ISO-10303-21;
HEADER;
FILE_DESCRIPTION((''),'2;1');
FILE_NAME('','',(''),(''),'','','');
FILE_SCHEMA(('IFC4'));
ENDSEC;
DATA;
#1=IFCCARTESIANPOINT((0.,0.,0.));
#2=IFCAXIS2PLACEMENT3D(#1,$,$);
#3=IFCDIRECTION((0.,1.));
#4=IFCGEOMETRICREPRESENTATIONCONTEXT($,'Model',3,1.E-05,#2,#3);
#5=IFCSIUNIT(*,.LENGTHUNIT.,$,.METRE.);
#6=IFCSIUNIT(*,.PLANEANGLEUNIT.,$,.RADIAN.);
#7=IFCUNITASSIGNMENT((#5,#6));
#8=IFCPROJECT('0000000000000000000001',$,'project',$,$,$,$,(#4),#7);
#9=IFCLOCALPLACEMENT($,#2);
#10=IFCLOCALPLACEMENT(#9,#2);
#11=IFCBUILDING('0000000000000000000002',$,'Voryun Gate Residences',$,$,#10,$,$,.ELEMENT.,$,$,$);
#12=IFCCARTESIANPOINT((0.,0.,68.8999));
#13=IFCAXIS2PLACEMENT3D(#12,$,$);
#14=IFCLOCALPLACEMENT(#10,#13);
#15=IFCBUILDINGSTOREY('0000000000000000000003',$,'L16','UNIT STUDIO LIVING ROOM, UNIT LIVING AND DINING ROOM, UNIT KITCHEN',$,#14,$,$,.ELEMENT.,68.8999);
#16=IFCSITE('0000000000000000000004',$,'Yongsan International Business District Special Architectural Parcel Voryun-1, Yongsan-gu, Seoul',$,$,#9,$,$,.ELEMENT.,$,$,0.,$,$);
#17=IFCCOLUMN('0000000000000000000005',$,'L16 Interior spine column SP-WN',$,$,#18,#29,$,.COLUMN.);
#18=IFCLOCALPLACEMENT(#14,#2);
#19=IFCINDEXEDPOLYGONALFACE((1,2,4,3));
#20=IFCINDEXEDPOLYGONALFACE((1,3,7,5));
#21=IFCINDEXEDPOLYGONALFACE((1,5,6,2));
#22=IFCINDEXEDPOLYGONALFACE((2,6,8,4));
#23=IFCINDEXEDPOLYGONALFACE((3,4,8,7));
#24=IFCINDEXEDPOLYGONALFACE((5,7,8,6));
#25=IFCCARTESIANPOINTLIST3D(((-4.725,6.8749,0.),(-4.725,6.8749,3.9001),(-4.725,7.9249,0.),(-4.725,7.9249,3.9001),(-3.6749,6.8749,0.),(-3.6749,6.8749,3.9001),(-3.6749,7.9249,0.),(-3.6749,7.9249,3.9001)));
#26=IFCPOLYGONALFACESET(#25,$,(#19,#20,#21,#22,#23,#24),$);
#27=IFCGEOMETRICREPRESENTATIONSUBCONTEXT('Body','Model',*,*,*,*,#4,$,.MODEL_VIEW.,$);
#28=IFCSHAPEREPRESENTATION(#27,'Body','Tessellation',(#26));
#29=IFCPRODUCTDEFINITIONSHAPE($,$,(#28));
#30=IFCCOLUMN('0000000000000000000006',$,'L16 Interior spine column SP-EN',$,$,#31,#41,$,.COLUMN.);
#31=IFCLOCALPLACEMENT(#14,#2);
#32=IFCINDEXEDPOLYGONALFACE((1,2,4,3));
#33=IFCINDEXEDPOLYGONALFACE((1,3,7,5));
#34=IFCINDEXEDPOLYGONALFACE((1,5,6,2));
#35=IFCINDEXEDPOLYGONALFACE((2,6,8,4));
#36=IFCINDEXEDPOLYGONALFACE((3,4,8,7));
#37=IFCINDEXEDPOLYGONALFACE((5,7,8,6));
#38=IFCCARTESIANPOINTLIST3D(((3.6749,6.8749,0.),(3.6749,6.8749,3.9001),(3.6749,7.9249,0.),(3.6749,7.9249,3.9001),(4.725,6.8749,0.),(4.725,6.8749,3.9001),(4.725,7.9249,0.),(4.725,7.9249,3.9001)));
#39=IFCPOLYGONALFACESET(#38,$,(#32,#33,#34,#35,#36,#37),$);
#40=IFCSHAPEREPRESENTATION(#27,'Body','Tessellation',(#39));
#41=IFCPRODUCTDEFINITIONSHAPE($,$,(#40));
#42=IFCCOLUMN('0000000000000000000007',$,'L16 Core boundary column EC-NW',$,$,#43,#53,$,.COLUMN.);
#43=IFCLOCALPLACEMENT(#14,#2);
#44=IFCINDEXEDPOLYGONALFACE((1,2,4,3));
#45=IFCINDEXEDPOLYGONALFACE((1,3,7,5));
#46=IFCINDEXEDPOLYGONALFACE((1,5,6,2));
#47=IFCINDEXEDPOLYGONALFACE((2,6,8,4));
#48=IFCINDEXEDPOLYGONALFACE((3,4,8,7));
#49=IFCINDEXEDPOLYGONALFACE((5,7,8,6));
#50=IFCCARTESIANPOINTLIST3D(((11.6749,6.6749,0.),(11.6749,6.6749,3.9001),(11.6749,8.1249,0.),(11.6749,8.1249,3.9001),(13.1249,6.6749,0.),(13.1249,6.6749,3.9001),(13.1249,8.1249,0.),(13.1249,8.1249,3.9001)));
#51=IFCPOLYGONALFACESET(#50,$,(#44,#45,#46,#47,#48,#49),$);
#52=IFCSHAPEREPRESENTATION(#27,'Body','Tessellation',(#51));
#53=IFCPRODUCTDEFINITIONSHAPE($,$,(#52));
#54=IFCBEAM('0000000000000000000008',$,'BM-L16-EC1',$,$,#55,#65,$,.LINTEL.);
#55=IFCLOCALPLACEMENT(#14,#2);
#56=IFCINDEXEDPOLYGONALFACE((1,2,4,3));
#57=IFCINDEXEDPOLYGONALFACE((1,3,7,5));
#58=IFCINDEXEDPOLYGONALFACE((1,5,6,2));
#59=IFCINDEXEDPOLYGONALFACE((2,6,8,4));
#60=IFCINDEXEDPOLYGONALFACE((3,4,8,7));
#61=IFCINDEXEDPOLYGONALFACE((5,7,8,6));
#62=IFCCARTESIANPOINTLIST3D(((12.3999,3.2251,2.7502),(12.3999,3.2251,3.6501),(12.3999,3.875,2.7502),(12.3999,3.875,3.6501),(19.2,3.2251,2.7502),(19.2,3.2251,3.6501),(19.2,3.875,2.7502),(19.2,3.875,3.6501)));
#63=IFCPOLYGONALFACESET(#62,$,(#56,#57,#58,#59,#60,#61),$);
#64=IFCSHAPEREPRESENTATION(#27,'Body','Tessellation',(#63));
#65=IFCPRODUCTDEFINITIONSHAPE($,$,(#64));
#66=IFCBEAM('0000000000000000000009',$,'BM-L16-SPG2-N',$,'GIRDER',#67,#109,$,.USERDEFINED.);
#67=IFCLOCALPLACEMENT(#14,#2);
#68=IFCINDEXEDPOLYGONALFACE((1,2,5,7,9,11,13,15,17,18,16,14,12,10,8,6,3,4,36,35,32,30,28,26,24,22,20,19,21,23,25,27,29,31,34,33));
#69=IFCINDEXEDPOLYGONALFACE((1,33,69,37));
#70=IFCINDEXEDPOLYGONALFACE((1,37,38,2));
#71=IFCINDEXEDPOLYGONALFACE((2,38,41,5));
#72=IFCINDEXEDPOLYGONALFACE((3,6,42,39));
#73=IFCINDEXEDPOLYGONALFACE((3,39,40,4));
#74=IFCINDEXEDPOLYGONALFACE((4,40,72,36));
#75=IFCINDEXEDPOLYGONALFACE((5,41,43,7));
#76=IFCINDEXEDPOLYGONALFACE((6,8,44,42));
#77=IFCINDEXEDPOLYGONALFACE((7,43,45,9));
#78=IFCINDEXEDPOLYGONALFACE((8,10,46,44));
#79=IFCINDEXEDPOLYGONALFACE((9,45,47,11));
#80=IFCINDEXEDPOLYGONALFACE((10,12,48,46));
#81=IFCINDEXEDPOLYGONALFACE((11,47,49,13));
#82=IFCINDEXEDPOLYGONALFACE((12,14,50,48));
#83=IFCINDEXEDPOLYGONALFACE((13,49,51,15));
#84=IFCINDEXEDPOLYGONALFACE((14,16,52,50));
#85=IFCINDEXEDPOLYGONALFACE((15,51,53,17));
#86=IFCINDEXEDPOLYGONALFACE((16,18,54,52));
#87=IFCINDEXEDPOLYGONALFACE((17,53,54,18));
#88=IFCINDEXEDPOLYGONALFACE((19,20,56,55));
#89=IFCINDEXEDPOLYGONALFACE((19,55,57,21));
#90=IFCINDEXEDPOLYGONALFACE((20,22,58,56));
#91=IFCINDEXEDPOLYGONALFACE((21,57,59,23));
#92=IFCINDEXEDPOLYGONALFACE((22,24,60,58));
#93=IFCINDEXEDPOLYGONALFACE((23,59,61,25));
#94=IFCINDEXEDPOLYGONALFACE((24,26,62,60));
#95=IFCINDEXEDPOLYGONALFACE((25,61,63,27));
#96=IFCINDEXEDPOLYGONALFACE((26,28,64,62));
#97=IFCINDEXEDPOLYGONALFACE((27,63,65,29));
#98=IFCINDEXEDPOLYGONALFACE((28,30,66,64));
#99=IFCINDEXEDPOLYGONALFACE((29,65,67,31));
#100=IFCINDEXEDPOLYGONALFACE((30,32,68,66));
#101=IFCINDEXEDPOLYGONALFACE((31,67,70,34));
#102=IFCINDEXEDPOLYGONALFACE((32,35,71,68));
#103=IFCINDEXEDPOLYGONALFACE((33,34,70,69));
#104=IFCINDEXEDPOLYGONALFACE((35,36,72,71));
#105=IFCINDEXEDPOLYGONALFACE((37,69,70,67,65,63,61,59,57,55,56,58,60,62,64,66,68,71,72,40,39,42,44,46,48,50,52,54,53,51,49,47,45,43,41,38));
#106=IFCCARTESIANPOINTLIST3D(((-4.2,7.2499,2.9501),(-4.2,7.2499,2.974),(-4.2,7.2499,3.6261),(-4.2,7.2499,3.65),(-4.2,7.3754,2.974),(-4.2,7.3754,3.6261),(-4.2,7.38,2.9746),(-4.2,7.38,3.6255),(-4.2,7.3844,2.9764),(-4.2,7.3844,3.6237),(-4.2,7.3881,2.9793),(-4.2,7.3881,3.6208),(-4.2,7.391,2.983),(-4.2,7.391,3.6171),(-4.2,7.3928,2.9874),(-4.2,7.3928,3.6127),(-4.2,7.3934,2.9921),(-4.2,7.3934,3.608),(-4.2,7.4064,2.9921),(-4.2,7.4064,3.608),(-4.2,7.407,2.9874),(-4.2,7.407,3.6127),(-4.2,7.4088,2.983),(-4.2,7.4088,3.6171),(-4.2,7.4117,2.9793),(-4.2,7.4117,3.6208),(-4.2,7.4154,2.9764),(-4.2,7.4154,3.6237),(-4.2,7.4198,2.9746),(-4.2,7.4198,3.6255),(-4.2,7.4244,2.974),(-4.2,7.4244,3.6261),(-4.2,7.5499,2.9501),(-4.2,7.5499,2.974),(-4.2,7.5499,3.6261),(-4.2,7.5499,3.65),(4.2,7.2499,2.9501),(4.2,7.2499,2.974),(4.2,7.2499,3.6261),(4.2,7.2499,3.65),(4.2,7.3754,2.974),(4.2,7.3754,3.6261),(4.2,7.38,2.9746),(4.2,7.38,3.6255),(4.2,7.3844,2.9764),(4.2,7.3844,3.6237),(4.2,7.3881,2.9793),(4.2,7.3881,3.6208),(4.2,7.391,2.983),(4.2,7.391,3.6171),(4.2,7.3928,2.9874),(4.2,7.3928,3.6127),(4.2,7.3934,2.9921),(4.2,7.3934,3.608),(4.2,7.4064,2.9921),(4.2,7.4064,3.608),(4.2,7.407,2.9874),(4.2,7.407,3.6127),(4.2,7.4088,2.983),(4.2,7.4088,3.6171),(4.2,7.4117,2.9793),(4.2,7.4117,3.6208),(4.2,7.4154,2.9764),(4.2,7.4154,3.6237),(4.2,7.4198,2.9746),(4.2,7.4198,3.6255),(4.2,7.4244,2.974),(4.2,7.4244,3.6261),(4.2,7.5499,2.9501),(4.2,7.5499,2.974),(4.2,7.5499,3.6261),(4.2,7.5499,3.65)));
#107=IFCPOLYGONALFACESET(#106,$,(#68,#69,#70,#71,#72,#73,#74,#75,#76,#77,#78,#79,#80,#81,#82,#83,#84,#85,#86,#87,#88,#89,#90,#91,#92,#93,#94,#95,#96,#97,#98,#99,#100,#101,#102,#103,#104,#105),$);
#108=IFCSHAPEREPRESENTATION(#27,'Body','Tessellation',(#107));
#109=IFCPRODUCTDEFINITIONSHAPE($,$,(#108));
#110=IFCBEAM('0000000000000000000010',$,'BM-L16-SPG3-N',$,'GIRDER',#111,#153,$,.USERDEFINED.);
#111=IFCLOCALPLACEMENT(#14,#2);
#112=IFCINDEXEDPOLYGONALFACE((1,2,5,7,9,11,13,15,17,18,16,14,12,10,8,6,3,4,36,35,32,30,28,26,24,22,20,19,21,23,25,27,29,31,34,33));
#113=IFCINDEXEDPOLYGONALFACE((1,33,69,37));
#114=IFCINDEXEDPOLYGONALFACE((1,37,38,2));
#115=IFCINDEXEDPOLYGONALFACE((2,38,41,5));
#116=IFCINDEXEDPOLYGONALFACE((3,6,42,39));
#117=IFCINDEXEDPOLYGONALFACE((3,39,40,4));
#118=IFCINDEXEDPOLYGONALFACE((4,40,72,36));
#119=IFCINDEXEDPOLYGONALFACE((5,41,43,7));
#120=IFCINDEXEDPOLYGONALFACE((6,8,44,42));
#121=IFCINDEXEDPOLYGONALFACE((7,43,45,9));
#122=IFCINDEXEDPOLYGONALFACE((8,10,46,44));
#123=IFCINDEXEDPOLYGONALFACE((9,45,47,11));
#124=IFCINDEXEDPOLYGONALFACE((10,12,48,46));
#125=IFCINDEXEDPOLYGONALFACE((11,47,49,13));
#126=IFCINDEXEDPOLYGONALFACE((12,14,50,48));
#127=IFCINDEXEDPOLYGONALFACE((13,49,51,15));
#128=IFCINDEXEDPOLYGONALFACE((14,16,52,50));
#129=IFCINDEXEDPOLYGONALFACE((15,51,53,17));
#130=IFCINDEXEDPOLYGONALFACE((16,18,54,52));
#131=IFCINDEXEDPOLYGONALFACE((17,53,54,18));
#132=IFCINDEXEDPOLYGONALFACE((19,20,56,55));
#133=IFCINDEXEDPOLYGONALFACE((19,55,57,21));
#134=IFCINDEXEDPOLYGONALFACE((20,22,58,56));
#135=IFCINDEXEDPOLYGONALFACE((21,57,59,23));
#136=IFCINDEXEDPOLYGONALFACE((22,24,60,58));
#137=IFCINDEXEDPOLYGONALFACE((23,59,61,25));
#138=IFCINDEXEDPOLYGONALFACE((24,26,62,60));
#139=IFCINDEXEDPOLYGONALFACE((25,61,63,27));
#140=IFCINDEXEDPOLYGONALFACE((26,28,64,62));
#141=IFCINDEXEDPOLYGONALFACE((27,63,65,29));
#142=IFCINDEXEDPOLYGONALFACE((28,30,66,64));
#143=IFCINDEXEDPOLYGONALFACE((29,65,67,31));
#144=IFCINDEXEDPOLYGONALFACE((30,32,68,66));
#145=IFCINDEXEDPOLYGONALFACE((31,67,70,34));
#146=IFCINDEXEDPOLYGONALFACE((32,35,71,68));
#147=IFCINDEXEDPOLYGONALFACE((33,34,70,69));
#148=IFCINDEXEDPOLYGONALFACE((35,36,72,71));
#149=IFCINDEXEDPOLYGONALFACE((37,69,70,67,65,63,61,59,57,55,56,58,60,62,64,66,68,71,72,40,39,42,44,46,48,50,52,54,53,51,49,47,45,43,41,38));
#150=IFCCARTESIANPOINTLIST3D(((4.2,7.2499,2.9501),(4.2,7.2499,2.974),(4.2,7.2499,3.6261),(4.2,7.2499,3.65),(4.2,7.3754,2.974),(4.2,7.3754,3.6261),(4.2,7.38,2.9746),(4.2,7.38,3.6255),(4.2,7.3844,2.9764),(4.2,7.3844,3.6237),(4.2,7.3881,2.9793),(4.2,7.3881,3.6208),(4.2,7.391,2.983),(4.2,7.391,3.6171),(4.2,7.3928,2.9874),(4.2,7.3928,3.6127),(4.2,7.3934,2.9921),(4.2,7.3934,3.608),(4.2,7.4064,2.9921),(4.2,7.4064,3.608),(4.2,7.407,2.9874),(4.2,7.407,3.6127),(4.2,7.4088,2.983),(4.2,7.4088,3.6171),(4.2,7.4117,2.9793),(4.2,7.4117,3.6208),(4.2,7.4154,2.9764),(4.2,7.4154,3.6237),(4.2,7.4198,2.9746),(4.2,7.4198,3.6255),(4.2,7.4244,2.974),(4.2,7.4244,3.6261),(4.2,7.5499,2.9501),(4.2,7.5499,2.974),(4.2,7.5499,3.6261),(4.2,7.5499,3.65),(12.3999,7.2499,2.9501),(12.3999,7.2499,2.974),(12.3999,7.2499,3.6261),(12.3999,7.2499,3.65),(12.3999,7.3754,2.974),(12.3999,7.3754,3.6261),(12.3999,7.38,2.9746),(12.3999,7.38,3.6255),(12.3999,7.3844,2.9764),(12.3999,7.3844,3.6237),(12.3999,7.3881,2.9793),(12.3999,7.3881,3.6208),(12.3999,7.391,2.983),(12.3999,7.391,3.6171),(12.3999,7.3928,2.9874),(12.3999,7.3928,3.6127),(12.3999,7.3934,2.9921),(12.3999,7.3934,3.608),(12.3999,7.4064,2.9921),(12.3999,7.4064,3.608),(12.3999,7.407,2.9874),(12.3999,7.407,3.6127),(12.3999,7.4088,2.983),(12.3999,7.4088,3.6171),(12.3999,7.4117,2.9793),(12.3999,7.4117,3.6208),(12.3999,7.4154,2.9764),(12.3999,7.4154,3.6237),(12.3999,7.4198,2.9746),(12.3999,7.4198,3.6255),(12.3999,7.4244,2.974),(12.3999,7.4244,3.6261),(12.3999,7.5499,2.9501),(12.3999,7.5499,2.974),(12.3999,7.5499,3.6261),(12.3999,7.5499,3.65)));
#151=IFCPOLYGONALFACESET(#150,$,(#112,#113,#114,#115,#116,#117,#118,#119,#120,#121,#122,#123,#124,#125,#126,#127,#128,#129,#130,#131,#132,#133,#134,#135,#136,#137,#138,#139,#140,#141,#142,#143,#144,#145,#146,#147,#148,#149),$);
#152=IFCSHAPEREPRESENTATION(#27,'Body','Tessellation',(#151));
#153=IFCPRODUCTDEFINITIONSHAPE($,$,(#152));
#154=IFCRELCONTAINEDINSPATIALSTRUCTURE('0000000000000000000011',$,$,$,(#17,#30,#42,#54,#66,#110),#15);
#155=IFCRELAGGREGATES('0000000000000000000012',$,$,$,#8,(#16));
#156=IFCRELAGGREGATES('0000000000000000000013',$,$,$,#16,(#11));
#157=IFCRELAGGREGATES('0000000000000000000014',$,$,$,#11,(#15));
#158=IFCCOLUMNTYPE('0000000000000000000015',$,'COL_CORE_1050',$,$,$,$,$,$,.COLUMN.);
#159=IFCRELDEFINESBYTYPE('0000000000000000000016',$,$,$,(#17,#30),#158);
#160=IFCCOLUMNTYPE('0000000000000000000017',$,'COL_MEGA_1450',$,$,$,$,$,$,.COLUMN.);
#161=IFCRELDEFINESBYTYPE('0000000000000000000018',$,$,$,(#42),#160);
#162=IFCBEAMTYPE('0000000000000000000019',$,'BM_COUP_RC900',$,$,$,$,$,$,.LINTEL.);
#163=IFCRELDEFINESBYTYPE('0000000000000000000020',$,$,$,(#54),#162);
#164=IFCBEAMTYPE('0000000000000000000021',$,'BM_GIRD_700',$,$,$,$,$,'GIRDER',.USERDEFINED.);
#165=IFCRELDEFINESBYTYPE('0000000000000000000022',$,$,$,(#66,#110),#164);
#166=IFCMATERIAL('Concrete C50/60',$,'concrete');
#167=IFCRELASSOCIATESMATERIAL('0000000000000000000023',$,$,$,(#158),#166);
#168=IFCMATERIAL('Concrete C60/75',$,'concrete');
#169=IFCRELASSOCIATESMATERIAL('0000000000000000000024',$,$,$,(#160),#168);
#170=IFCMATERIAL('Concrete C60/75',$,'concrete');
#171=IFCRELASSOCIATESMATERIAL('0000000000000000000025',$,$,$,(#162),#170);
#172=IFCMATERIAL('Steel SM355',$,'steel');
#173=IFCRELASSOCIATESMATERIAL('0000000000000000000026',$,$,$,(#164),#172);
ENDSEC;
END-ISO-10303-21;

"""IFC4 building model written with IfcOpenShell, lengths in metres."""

from ifc_helpers import new_model, si_unit, direction, frame, origin, origin_2d, place, context, subcontext, project, spatial, rectangle, i_section, extrude, material, material_profile, profile_set, type_object, element, save


model = new_model("IFC4")

# Units and contexts
model_context = context("Model", 3, precision=1e-05, world=origin(), true_north=direction((0.0, 1.0)))
body_context = subcontext(model_context, "Body", "Model", "MODEL_VIEW")
ifc_project = project(units=[si_unit("LENGTHUNIT", "METRE"), si_unit("PLANEANGLEUNIT", "RADIAN")], contexts=[model_context])

# Site, building, storey
site_placement = place(None, origin())
site = spatial("IfcSite", under=ifc_project, at=site_placement, Name="Yongsan International Business District Special Architectural Parcel Voryun-1, Yongsan-gu, Seoul", CompositionType="ELEMENT", RefElevation=0.0)
building_placement = place(site_placement, origin())
building = spatial("IfcBuilding", under=site, at=building_placement, Name="Voryun Gate Residences", CompositionType="ELEMENT")
storey_placement = place(building_placement, frame((0.0, 0.0, 68.8999)))
storey = spatial("IfcBuildingStorey", under=building, at=storey_placement, Name="L16", Description="UNIT STUDIO LIVING ROOM, UNIT LIVING AND DINING ROOM, UNIT KITCHEN", CompositionType="ELEMENT", Elevation=68.8999)

# Columns
ifc_material_1 = material(Name="Concrete C50/60", Category="concrete")
ifc_material_profile_1 = material_profile(ifc_material_1, rectangle(XDim=1.05, YDim=1.05, at=origin_2d()), Name="RC-1050x1050")
ifc_profile_set_1 = profile_set([ifc_material_profile_1], Name="Concrete C50/60")
column_type_1 = type_object("IfcColumnType", Name="COL_CORE_1050", PredefinedType="COLUMN", material=ifc_profile_set_1)
for number, where, z_axis, x_axis, name in (
    (1, (-4.2, 7.3999, 0.0), (0.0, 0.0, 1.0), (1.0, 0.0, 0.0), "L16 Interior spine column SP-WN"),
    (2, (4.2, 7.3999, 0.0), (0.0, 0.0, 1.0), (1.0, 0.0, 0.0), "L16 Interior spine column SP-EN"),
):
    element("IfcColumn", number, at=place(storey_placement, frame(where, z_axis=z_axis, x_axis=x_axis)), inside=storey, type_object=column_type_1, Name=name, PredefinedType="COLUMN", context=body_context, shape_type="SweptSolid", body=[
        extrude(rectangle(XDim=1.05, YDim=1.05, at=origin_2d()), origin(), (0.0, 0.0, 1.0), 3.9001),
    ])
ifc_material_2 = material(Name="Concrete C60/75", Category="concrete")
ifc_material_profile_2 = material_profile(ifc_material_2, rectangle(XDim=1.45, YDim=1.45, at=origin_2d()), Name="RC-1450x1450")
ifc_profile_set_2 = profile_set([ifc_material_profile_2], Name="Concrete C60/75")
column_type_2 = type_object("IfcColumnType", Name="COL_MEGA_1450", PredefinedType="COLUMN", material=ifc_profile_set_2)
column_placement = place(storey_placement, frame((12.3999, 7.3999, 0.0), z_axis=(0.0, 0.0, 1.0), x_axis=(1.0, 0.0, 0.0)))
element("IfcColumn", 3, at=column_placement, inside=storey, type_object=column_type_2, Name="L16 Core boundary column EC-NW", PredefinedType="COLUMN", context=body_context, shape_type="SweptSolid", body=[
    extrude(rectangle(XDim=1.45, YDim=1.45, at=origin_2d()), origin(), (0.0, 0.0, 1.0), 3.9001),
])

# Beams
ifc_material_3 = material(Name="Concrete C60/75", Category="concrete")
ifc_material_profile_3 = material_profile(ifc_material_3, rectangle(XDim=0.6499, YDim=0.8999, at=origin_2d()), Name="RC-650x900")
ifc_profile_set_3 = profile_set([ifc_material_profile_3], Name="Concrete C60/75")
beam_type_1 = type_object("IfcBeamType", Name="BM_COUP_RC900", PredefinedType="LINTEL", material=ifc_profile_set_3)
beam_1_placement = place(storey_placement, frame((12.3999, 3.55, 3.2002), z_axis=(1.0, 0.0, 0.0), x_axis=(0.0, 1.0, 0.0)))
element("IfcBeam", 4, at=beam_1_placement, inside=storey, type_object=beam_type_1, Name="BM-L16-EC1", PredefinedType="LINTEL", context=body_context, shape_type="SweptSolid", body=[
    extrude(rectangle(XDim=0.6499, YDim=0.8999, at=origin_2d()), origin(), (0.0, 0.0, 1.0), 6.8),
])
ifc_material_4 = material(Name="Steel SM355", Category="steel")
ifc_material_profile_4 = material_profile(ifc_material_4, i_section(OverallWidth=0.3, OverallDepth=0.7, WebThickness=0.0129, FlangeThickness=0.0239, FilletRadius=0.0181, at=origin_2d()), Name="H-700x300x13x24")
ifc_profile_set_4 = profile_set([ifc_material_profile_4], Name="Steel SM355")
beam_type_2 = type_object("IfcBeamType", Name="BM_GIRD_700", ElementType="GIRDER", PredefinedType="USERDEFINED", material=ifc_profile_set_4)
beam_2_placement = place(storey_placement, frame((-4.2, 7.3999, 3.3), z_axis=(1.0, 0.0, 0.0), x_axis=(0.0, 1.0, 0.0)))
element("IfcBeam", 5, at=beam_2_placement, inside=storey, type_object=beam_type_2, Name="BM-L16-SPG2-N", ObjectType="GIRDER", PredefinedType="USERDEFINED", context=body_context, shape_type="SweptSolid", body=[
    extrude(i_section(OverallWidth=0.3, OverallDepth=0.7, WebThickness=0.0129, FlangeThickness=0.0239, FilletRadius=0.0181, at=origin_2d()), origin(), (0.0, 0.0, 1.0), 8.3999),
])
beam_3_placement = place(storey_placement, frame((4.2, 7.3999, 3.3), z_axis=(1.0, 0.0, 0.0), x_axis=(0.0, 1.0, 0.0)))
element("IfcBeam", 6, at=beam_3_placement, inside=storey, type_object=beam_type_2, Name="BM-L16-SPG3-N", ObjectType="GIRDER", PredefinedType="USERDEFINED", context=body_context, shape_type="SweptSolid", body=[
    extrude(i_section(OverallWidth=0.3, OverallDepth=0.7, WebThickness=0.0129, FlangeThickness=0.0239, FilletRadius=0.0181, at=origin_2d()), origin(), (0.0, 0.0, 1.0), 8.2),
])

save(model, "model.ifc")
